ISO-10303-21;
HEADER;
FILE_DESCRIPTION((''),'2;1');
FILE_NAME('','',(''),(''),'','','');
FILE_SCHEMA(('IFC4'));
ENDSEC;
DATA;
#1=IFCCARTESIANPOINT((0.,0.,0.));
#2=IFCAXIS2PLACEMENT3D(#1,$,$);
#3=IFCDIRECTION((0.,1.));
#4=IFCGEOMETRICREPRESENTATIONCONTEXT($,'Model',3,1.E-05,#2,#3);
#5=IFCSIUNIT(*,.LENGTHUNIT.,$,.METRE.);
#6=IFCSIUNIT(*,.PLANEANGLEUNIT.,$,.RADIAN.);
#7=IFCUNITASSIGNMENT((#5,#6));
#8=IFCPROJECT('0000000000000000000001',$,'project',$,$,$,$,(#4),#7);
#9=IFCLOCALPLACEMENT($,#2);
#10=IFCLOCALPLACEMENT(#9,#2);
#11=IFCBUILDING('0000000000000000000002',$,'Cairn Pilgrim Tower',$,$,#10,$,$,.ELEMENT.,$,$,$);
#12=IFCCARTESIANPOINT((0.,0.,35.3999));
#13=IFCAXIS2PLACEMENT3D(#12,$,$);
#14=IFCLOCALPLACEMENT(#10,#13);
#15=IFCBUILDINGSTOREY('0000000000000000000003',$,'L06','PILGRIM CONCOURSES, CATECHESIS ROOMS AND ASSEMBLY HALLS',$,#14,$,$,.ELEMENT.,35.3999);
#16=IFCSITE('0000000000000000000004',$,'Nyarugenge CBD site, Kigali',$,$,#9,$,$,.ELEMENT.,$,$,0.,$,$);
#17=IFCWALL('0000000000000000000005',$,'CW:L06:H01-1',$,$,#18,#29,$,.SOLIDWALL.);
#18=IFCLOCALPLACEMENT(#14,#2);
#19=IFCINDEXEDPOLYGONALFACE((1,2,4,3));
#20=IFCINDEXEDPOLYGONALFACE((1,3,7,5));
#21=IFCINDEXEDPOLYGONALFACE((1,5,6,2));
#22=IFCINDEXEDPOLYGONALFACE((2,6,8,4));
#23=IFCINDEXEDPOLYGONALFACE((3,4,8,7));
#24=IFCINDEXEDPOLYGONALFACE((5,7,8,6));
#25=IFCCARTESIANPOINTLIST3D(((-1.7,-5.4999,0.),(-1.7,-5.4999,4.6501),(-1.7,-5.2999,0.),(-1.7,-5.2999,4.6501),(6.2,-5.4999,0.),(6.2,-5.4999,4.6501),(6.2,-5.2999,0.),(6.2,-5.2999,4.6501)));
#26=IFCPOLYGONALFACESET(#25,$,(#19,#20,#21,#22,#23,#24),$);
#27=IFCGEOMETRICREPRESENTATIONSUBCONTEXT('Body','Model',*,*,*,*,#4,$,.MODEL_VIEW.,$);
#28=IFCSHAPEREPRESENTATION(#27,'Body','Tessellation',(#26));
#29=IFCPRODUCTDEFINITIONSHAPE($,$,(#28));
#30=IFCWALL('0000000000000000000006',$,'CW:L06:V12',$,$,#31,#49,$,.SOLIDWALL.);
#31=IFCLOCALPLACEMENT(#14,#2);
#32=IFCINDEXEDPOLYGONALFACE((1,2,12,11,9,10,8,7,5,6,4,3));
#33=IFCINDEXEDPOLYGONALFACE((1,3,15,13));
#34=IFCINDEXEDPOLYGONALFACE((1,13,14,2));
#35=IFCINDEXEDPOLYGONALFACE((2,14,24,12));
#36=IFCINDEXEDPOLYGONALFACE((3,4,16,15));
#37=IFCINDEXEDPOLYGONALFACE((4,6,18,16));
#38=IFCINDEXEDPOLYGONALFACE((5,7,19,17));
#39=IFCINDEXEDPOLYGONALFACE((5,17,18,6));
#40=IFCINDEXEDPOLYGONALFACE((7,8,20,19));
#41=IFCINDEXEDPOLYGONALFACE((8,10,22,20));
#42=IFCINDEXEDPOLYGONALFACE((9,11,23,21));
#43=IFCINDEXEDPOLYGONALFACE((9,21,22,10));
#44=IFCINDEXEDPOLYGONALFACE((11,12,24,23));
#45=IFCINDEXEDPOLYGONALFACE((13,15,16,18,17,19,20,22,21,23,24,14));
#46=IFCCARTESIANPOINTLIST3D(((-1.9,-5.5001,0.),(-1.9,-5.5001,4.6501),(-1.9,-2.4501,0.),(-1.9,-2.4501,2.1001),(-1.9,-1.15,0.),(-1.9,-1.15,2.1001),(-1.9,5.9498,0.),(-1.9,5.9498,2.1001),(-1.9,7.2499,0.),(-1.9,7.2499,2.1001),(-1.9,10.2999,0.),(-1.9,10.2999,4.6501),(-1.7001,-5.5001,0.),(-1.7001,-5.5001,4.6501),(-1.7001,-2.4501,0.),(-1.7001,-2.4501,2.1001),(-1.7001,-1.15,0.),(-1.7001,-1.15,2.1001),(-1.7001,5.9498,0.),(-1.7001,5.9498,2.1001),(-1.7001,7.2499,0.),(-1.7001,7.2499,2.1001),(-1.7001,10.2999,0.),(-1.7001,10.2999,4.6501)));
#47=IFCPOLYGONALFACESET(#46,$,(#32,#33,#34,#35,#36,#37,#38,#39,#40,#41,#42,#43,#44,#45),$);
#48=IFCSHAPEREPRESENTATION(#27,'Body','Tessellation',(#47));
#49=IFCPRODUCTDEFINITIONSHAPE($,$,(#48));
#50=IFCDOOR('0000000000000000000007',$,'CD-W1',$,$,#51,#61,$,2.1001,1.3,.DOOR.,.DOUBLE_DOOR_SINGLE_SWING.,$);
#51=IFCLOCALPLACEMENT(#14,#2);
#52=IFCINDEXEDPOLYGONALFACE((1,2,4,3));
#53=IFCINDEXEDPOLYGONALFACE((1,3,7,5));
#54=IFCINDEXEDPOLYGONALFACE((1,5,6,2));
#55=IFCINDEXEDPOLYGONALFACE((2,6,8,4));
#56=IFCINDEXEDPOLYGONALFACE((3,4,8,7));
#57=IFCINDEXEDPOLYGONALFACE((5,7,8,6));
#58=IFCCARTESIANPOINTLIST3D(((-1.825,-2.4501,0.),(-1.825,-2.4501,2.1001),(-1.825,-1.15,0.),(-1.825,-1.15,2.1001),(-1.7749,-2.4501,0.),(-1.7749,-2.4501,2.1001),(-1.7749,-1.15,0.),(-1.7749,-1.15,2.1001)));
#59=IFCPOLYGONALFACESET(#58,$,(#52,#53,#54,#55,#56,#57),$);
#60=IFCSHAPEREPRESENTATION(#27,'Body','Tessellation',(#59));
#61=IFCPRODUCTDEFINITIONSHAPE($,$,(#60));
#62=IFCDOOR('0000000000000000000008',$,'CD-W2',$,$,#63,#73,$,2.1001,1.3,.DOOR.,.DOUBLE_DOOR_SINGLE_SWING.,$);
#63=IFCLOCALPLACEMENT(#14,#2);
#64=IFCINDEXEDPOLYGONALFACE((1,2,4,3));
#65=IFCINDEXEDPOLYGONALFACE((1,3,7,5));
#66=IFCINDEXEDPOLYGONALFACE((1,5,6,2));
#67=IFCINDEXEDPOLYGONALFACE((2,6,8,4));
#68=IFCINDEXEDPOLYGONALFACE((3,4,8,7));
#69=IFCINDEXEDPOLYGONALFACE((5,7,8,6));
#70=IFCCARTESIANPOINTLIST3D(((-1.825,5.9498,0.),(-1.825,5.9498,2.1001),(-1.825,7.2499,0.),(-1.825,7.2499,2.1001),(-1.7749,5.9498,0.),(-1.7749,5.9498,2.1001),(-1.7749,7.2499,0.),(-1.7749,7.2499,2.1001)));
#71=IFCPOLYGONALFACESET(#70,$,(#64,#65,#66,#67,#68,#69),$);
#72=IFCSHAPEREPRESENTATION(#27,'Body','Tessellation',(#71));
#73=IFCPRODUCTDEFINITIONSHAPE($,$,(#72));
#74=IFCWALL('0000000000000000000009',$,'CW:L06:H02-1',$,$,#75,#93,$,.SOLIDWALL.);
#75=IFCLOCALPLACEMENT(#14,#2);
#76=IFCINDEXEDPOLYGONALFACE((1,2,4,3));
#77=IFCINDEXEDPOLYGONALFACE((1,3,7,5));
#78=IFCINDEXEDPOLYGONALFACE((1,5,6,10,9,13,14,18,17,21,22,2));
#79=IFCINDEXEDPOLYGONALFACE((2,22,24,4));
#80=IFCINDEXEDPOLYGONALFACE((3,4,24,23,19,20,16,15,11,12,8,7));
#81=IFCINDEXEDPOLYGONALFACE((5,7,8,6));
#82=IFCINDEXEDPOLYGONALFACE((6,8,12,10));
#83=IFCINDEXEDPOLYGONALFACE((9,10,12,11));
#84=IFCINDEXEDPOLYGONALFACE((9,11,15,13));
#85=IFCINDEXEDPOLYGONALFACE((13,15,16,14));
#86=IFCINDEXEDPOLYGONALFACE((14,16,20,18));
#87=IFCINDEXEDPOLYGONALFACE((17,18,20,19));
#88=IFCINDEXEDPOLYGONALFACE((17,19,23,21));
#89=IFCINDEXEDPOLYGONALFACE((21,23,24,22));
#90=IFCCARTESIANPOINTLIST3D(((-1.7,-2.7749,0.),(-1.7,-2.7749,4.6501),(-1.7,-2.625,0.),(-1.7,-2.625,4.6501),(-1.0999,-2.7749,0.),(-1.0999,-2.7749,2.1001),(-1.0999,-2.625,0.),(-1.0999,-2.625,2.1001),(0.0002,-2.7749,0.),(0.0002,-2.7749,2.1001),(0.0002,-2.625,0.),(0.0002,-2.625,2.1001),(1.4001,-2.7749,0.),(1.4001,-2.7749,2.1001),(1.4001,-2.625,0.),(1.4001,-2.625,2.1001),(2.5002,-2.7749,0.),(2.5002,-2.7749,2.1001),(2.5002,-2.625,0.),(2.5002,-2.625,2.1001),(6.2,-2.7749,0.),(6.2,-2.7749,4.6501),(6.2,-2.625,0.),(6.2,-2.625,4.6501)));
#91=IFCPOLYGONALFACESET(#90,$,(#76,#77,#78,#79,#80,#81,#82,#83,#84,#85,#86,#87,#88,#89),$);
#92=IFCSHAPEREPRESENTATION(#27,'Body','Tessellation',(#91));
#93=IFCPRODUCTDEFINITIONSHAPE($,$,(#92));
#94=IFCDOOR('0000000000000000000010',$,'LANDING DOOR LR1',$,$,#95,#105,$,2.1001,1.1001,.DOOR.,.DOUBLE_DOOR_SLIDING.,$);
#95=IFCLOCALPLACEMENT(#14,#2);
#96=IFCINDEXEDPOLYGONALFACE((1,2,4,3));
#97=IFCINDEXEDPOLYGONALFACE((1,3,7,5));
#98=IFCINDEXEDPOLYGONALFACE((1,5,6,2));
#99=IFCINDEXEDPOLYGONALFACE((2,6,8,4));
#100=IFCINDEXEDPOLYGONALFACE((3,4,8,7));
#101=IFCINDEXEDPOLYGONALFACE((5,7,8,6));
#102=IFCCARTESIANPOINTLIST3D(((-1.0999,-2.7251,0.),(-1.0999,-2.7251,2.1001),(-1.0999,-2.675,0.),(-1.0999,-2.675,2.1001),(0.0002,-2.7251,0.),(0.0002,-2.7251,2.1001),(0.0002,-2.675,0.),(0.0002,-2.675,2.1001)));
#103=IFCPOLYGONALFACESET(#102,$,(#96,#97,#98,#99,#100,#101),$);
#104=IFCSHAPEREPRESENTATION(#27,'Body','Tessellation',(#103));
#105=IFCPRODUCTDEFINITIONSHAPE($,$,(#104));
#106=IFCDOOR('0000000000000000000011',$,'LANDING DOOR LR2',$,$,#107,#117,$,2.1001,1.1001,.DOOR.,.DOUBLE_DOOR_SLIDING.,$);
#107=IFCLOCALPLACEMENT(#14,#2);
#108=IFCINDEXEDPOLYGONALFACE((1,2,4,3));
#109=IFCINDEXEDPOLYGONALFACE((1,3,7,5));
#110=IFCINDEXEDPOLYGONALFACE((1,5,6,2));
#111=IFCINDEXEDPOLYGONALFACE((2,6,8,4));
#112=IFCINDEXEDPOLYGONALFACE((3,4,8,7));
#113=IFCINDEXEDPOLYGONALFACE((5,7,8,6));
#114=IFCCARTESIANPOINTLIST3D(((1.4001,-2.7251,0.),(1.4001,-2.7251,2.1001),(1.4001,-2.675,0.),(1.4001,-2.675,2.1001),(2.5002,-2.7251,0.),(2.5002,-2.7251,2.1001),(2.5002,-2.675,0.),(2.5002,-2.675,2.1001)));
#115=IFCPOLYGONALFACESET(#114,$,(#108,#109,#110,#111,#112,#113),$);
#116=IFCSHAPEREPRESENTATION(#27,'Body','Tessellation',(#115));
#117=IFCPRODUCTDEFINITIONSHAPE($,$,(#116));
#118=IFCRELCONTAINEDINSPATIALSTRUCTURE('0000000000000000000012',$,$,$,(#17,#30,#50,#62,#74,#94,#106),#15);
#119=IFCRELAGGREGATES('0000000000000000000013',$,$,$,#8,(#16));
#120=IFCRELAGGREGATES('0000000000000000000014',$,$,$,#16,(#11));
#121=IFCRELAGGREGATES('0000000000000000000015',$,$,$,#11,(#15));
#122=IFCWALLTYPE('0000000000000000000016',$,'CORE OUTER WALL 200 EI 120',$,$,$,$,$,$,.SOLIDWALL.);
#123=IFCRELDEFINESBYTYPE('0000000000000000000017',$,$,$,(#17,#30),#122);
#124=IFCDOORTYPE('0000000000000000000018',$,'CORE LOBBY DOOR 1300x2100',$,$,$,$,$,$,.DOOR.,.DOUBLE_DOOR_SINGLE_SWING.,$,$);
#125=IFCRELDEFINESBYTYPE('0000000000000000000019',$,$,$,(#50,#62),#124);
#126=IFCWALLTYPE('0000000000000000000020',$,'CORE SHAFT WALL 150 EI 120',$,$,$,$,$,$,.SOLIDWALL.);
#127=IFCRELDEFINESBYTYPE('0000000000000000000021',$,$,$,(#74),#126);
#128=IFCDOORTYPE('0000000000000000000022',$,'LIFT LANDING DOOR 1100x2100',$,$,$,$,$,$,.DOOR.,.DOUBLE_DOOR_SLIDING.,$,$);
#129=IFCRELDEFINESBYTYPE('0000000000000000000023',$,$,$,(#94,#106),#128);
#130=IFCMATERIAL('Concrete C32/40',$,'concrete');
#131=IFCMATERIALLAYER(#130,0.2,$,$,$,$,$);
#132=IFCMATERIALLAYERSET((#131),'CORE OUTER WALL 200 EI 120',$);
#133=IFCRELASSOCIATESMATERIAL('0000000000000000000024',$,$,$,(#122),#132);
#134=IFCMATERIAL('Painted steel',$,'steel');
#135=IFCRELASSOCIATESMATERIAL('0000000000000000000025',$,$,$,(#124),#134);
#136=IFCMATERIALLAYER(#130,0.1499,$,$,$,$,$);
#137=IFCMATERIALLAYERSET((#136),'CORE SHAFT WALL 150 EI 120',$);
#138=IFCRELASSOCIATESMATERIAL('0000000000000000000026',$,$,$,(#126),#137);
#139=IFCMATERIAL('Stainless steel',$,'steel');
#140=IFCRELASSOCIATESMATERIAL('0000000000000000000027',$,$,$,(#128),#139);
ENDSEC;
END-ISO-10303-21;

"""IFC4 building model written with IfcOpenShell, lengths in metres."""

from ifc_helpers import new_model, si_unit, direction, frame, frame_2d, origin, place, context, subcontext, project, spatial, rectangle, extrude, material, layer, layer_set, type_object, element, fill, save


model = new_model("IFC4")

# Units and contexts
model_context = context("Model", 3, precision=1e-05, world=origin(), true_north=direction((0.0, 1.0)))
body_context = subcontext(model_context, "Body", "Model", "MODEL_VIEW")
ifc_project = project(units=[si_unit("LENGTHUNIT", "METRE"), si_unit("PLANEANGLEUNIT", "RADIAN")], contexts=[model_context])

# Site, building, storey
site_placement = place(None, origin())
site = spatial("IfcSite", under=ifc_project, at=site_placement, Name="Nyarugenge CBD site, Kigali", CompositionType="ELEMENT", RefElevation=0.0)
building_placement = place(site_placement, origin())
building = spatial("IfcBuilding", under=site, at=building_placement, Name="Cairn Pilgrim Tower", CompositionType="ELEMENT")
storey_placement = place(building_placement, frame((0.0, 0.0, 35.3999)))
storey = spatial("IfcBuildingStorey", under=building, at=storey_placement, Name="L06", Description="PILGRIM CONCOURSES, CATECHESIS ROOMS AND ASSEMBLY HALLS", CompositionType="ELEMENT", Elevation=35.3999)

# Shared definitions
ifc_material_1 = material(Name="Concrete C32/40", Category="concrete")

# Wall
ifc_layer_1 = layer(ifc_material_1, 0.2)
ifc_layer_set_1 = layer_set([ifc_layer_1], Name="CORE OUTER WALL 200 EI 120")
wall_type_1 = type_object("IfcWallType", Name="CORE OUTER WALL 200 EI 120", PredefinedType="SOLIDWALL", material=ifc_layer_set_1)
wall_1_placement = place(storey_placement, frame((-1.7, -5.3999, 0.0), z_axis=(0.0, 0.0, 1.0), x_axis=(1.0, 0.0, 0.0)))
element("IfcWall", 1, at=wall_1_placement, inside=storey, type_object=wall_type_1, Name="CW:L06:H01-1", PredefinedType="SOLIDWALL", context=body_context, shape_type="SweptSolid", body=[
    extrude(rectangle(XDim=7.8999, YDim=0.2, at=frame_2d((3.95, 0.0))), origin(), (0.0, 0.0, 1.0), 4.6501),
])

# Walls, openings, doors
wall_2_placement = place(storey_placement, frame((-1.8, -5.5, 0.0), z_axis=(0.0, 0.0, 1.0), x_axis=(0.0, 1.0, 0.0)))
wall_2 = element("IfcWall", 2, at=wall_2_placement, inside=storey, type_object=wall_type_1, Name="CW:L06:V12", PredefinedType="SOLIDWALL", context=body_context, shape_type="SweptSolid", body=[
    extrude(rectangle(XDim=15.8, YDim=0.2, at=frame_2d((7.8999, 0.0))), origin(), (0.0, 0.0, 1.0), 4.6501),
])
opening_1_placement = place(wall_2_placement, frame((3.05, 0.0, 0.0)))
opening_1 = element("IfcOpeningElement", 3, at=opening_1_placement, cuts=wall_2, PredefinedType="OPENING", context=body_context, shape_type="SweptSolid", body=[
    extrude(rectangle(XDim=1.3, YDim=2.1001, at=frame_2d((0.6499, 1.05))), frame((0.0, 0.1099, 0.0), z_axis=(0.0, -1.0, 0.0), x_axis=(1.0, 0.0, 0.0)), (0.0, 0.0, 1.0), 0.22),
])
opening_2_placement = place(wall_2_placement, frame((11.45, 0.0, 0.0)))
opening_2 = element("IfcOpeningElement", 4, at=opening_2_placement, cuts=wall_2, PredefinedType="OPENING", context=body_context, shape_type="SweptSolid", body=[
    extrude(rectangle(XDim=1.3, YDim=2.1001, at=frame_2d((0.6499, 1.05))), frame((0.0, 0.1099, 0.0), z_axis=(0.0, -1.0, 0.0), x_axis=(1.0, 0.0, 0.0)), (0.0, 0.0, 1.0), 0.22),
])
ifc_material_2 = material(Name="Painted steel", Category="steel")
door_type_1 = type_object("IfcDoorType", Name="CORE LOBBY DOOR 1300x2100", OperationType="DOUBLE_DOOR_SINGLE_SWING", PredefinedType="DOOR", material=ifc_material_2)
door_1_placement = place(opening_1_placement, origin())
door_1 = element("IfcDoor", 5, at=door_1_placement, inside=storey, type_object=door_type_1, Name="CD-W1", OperationType="DOUBLE_DOOR_SINGLE_SWING", OverallHeight=2.1001, OverallWidth=1.3, PredefinedType="DOOR", context=body_context, shape_type="SweptSolid", body=[
    extrude(rectangle(XDim=1.3, YDim=2.1001, at=frame_2d((0.6499, 1.05))), frame((0.0, 0.0249, 0.0), z_axis=(0.0, -1.0, 0.0), x_axis=(1.0, 0.0, 0.0)), (0.0, 0.0, 1.0), 0.05),
])
fill(opening_1, door_1)
door_2_placement = place(opening_2_placement, origin())
door_2 = element("IfcDoor", 6, at=door_2_placement, inside=storey, type_object=door_type_1, Name="CD-W2", OperationType="DOUBLE_DOOR_SINGLE_SWING", OverallHeight=2.1001, OverallWidth=1.3, PredefinedType="DOOR", context=body_context, shape_type="SweptSolid", body=[
    extrude(rectangle(XDim=1.3, YDim=2.1001, at=frame_2d((0.6499, 1.05))), frame((0.0, 0.0249, 0.0), z_axis=(0.0, -1.0, 0.0), x_axis=(1.0, 0.0, 0.0)), (0.0, 0.0, 1.0), 0.05),
])
fill(opening_2, door_2)
ifc_layer_2 = layer(ifc_material_1, 0.1499)
ifc_layer_set_2 = layer_set([ifc_layer_2], Name="CORE SHAFT WALL 150 EI 120")
wall_type_2 = type_object("IfcWallType", Name="CORE SHAFT WALL 150 EI 120", PredefinedType="SOLIDWALL", material=ifc_layer_set_2)
wall_3_placement = place(storey_placement, frame((-1.7, -2.7, 0.0), z_axis=(0.0, 0.0, 1.0), x_axis=(1.0, 0.0, 0.0)))
wall_3 = element("IfcWall", 7, at=wall_3_placement, inside=storey, type_object=wall_type_2, Name="CW:L06:H02-1", PredefinedType="SOLIDWALL", context=body_context, shape_type="SweptSolid", body=[
    extrude(rectangle(XDim=7.8999, YDim=0.1499, at=frame_2d((3.95, 0.0))), origin(), (0.0, 0.0, 1.0), 4.6501),
])
opening_3_placement = place(wall_3_placement, frame((0.6001, 0.0, 0.0)))
opening_3 = element("IfcOpeningElement", 8, at=opening_3_placement, cuts=wall_3, PredefinedType="OPENING", context=body_context, shape_type="SweptSolid", body=[
    extrude(rectangle(XDim=1.1001, YDim=2.1001, at=frame_2d((0.55, 1.05))), frame((0.0, 0.085, 0.0), z_axis=(0.0, -1.0, 0.0), x_axis=(1.0, 0.0, 0.0)), (0.0, 0.0, 1.0), 0.1699),
])
opening_4_placement = place(wall_3_placement, frame((3.1001, 0.0, 0.0)))
opening_4 = element("IfcOpeningElement", 9, at=opening_4_placement, cuts=wall_3, PredefinedType="OPENING", context=body_context, shape_type="SweptSolid", body=[
    extrude(rectangle(XDim=1.1001, YDim=2.1001, at=frame_2d((0.55, 1.05))), frame((0.0, 0.085, 0.0), z_axis=(0.0, -1.0, 0.0), x_axis=(1.0, 0.0, 0.0)), (0.0, 0.0, 1.0), 0.1699),
])
ifc_material_3 = material(Name="Stainless steel", Category="steel")
door_type_2 = type_object("IfcDoorType", Name="LIFT LANDING DOOR 1100x2100", OperationType="DOUBLE_DOOR_SLIDING", PredefinedType="DOOR", material=ifc_material_3)
door_3_placement = place(opening_3_placement, origin())
door_3 = element("IfcDoor", 10, at=door_3_placement, inside=storey, type_object=door_type_2, Name="LANDING DOOR LR1", OperationType="DOUBLE_DOOR_SLIDING", OverallHeight=2.1001, OverallWidth=1.1001, PredefinedType="DOOR", context=body_context, shape_type="SweptSolid", body=[
    extrude(rectangle(XDim=1.1001, YDim=2.1001, at=frame_2d((0.55, 1.05))), frame((0.0, 0.0249, 0.0), z_axis=(0.0, -1.0, 0.0), x_axis=(1.0, 0.0, 0.0)), (0.0, 0.0, 1.0), 0.05),
])
fill(opening_3, door_3)
door_4_placement = place(opening_4_placement, origin())
door_4 = element("IfcDoor", 11, at=door_4_placement, inside=storey, type_object=door_type_2, Name="LANDING DOOR LR2", OperationType="DOUBLE_DOOR_SLIDING", OverallHeight=2.1001, OverallWidth=1.1001, PredefinedType="DOOR", context=body_context, shape_type="SweptSolid", body=[
    extrude(rectangle(XDim=1.1001, YDim=2.1001, at=frame_2d((0.55, 1.05))), frame((0.0, 0.0249, 0.0), z_axis=(0.0, -1.0, 0.0), x_axis=(1.0, 0.0, 0.0)), (0.0, 0.0, 1.0), 0.05),
])
fill(opening_4, door_4)

save(model, "model.ifc")
